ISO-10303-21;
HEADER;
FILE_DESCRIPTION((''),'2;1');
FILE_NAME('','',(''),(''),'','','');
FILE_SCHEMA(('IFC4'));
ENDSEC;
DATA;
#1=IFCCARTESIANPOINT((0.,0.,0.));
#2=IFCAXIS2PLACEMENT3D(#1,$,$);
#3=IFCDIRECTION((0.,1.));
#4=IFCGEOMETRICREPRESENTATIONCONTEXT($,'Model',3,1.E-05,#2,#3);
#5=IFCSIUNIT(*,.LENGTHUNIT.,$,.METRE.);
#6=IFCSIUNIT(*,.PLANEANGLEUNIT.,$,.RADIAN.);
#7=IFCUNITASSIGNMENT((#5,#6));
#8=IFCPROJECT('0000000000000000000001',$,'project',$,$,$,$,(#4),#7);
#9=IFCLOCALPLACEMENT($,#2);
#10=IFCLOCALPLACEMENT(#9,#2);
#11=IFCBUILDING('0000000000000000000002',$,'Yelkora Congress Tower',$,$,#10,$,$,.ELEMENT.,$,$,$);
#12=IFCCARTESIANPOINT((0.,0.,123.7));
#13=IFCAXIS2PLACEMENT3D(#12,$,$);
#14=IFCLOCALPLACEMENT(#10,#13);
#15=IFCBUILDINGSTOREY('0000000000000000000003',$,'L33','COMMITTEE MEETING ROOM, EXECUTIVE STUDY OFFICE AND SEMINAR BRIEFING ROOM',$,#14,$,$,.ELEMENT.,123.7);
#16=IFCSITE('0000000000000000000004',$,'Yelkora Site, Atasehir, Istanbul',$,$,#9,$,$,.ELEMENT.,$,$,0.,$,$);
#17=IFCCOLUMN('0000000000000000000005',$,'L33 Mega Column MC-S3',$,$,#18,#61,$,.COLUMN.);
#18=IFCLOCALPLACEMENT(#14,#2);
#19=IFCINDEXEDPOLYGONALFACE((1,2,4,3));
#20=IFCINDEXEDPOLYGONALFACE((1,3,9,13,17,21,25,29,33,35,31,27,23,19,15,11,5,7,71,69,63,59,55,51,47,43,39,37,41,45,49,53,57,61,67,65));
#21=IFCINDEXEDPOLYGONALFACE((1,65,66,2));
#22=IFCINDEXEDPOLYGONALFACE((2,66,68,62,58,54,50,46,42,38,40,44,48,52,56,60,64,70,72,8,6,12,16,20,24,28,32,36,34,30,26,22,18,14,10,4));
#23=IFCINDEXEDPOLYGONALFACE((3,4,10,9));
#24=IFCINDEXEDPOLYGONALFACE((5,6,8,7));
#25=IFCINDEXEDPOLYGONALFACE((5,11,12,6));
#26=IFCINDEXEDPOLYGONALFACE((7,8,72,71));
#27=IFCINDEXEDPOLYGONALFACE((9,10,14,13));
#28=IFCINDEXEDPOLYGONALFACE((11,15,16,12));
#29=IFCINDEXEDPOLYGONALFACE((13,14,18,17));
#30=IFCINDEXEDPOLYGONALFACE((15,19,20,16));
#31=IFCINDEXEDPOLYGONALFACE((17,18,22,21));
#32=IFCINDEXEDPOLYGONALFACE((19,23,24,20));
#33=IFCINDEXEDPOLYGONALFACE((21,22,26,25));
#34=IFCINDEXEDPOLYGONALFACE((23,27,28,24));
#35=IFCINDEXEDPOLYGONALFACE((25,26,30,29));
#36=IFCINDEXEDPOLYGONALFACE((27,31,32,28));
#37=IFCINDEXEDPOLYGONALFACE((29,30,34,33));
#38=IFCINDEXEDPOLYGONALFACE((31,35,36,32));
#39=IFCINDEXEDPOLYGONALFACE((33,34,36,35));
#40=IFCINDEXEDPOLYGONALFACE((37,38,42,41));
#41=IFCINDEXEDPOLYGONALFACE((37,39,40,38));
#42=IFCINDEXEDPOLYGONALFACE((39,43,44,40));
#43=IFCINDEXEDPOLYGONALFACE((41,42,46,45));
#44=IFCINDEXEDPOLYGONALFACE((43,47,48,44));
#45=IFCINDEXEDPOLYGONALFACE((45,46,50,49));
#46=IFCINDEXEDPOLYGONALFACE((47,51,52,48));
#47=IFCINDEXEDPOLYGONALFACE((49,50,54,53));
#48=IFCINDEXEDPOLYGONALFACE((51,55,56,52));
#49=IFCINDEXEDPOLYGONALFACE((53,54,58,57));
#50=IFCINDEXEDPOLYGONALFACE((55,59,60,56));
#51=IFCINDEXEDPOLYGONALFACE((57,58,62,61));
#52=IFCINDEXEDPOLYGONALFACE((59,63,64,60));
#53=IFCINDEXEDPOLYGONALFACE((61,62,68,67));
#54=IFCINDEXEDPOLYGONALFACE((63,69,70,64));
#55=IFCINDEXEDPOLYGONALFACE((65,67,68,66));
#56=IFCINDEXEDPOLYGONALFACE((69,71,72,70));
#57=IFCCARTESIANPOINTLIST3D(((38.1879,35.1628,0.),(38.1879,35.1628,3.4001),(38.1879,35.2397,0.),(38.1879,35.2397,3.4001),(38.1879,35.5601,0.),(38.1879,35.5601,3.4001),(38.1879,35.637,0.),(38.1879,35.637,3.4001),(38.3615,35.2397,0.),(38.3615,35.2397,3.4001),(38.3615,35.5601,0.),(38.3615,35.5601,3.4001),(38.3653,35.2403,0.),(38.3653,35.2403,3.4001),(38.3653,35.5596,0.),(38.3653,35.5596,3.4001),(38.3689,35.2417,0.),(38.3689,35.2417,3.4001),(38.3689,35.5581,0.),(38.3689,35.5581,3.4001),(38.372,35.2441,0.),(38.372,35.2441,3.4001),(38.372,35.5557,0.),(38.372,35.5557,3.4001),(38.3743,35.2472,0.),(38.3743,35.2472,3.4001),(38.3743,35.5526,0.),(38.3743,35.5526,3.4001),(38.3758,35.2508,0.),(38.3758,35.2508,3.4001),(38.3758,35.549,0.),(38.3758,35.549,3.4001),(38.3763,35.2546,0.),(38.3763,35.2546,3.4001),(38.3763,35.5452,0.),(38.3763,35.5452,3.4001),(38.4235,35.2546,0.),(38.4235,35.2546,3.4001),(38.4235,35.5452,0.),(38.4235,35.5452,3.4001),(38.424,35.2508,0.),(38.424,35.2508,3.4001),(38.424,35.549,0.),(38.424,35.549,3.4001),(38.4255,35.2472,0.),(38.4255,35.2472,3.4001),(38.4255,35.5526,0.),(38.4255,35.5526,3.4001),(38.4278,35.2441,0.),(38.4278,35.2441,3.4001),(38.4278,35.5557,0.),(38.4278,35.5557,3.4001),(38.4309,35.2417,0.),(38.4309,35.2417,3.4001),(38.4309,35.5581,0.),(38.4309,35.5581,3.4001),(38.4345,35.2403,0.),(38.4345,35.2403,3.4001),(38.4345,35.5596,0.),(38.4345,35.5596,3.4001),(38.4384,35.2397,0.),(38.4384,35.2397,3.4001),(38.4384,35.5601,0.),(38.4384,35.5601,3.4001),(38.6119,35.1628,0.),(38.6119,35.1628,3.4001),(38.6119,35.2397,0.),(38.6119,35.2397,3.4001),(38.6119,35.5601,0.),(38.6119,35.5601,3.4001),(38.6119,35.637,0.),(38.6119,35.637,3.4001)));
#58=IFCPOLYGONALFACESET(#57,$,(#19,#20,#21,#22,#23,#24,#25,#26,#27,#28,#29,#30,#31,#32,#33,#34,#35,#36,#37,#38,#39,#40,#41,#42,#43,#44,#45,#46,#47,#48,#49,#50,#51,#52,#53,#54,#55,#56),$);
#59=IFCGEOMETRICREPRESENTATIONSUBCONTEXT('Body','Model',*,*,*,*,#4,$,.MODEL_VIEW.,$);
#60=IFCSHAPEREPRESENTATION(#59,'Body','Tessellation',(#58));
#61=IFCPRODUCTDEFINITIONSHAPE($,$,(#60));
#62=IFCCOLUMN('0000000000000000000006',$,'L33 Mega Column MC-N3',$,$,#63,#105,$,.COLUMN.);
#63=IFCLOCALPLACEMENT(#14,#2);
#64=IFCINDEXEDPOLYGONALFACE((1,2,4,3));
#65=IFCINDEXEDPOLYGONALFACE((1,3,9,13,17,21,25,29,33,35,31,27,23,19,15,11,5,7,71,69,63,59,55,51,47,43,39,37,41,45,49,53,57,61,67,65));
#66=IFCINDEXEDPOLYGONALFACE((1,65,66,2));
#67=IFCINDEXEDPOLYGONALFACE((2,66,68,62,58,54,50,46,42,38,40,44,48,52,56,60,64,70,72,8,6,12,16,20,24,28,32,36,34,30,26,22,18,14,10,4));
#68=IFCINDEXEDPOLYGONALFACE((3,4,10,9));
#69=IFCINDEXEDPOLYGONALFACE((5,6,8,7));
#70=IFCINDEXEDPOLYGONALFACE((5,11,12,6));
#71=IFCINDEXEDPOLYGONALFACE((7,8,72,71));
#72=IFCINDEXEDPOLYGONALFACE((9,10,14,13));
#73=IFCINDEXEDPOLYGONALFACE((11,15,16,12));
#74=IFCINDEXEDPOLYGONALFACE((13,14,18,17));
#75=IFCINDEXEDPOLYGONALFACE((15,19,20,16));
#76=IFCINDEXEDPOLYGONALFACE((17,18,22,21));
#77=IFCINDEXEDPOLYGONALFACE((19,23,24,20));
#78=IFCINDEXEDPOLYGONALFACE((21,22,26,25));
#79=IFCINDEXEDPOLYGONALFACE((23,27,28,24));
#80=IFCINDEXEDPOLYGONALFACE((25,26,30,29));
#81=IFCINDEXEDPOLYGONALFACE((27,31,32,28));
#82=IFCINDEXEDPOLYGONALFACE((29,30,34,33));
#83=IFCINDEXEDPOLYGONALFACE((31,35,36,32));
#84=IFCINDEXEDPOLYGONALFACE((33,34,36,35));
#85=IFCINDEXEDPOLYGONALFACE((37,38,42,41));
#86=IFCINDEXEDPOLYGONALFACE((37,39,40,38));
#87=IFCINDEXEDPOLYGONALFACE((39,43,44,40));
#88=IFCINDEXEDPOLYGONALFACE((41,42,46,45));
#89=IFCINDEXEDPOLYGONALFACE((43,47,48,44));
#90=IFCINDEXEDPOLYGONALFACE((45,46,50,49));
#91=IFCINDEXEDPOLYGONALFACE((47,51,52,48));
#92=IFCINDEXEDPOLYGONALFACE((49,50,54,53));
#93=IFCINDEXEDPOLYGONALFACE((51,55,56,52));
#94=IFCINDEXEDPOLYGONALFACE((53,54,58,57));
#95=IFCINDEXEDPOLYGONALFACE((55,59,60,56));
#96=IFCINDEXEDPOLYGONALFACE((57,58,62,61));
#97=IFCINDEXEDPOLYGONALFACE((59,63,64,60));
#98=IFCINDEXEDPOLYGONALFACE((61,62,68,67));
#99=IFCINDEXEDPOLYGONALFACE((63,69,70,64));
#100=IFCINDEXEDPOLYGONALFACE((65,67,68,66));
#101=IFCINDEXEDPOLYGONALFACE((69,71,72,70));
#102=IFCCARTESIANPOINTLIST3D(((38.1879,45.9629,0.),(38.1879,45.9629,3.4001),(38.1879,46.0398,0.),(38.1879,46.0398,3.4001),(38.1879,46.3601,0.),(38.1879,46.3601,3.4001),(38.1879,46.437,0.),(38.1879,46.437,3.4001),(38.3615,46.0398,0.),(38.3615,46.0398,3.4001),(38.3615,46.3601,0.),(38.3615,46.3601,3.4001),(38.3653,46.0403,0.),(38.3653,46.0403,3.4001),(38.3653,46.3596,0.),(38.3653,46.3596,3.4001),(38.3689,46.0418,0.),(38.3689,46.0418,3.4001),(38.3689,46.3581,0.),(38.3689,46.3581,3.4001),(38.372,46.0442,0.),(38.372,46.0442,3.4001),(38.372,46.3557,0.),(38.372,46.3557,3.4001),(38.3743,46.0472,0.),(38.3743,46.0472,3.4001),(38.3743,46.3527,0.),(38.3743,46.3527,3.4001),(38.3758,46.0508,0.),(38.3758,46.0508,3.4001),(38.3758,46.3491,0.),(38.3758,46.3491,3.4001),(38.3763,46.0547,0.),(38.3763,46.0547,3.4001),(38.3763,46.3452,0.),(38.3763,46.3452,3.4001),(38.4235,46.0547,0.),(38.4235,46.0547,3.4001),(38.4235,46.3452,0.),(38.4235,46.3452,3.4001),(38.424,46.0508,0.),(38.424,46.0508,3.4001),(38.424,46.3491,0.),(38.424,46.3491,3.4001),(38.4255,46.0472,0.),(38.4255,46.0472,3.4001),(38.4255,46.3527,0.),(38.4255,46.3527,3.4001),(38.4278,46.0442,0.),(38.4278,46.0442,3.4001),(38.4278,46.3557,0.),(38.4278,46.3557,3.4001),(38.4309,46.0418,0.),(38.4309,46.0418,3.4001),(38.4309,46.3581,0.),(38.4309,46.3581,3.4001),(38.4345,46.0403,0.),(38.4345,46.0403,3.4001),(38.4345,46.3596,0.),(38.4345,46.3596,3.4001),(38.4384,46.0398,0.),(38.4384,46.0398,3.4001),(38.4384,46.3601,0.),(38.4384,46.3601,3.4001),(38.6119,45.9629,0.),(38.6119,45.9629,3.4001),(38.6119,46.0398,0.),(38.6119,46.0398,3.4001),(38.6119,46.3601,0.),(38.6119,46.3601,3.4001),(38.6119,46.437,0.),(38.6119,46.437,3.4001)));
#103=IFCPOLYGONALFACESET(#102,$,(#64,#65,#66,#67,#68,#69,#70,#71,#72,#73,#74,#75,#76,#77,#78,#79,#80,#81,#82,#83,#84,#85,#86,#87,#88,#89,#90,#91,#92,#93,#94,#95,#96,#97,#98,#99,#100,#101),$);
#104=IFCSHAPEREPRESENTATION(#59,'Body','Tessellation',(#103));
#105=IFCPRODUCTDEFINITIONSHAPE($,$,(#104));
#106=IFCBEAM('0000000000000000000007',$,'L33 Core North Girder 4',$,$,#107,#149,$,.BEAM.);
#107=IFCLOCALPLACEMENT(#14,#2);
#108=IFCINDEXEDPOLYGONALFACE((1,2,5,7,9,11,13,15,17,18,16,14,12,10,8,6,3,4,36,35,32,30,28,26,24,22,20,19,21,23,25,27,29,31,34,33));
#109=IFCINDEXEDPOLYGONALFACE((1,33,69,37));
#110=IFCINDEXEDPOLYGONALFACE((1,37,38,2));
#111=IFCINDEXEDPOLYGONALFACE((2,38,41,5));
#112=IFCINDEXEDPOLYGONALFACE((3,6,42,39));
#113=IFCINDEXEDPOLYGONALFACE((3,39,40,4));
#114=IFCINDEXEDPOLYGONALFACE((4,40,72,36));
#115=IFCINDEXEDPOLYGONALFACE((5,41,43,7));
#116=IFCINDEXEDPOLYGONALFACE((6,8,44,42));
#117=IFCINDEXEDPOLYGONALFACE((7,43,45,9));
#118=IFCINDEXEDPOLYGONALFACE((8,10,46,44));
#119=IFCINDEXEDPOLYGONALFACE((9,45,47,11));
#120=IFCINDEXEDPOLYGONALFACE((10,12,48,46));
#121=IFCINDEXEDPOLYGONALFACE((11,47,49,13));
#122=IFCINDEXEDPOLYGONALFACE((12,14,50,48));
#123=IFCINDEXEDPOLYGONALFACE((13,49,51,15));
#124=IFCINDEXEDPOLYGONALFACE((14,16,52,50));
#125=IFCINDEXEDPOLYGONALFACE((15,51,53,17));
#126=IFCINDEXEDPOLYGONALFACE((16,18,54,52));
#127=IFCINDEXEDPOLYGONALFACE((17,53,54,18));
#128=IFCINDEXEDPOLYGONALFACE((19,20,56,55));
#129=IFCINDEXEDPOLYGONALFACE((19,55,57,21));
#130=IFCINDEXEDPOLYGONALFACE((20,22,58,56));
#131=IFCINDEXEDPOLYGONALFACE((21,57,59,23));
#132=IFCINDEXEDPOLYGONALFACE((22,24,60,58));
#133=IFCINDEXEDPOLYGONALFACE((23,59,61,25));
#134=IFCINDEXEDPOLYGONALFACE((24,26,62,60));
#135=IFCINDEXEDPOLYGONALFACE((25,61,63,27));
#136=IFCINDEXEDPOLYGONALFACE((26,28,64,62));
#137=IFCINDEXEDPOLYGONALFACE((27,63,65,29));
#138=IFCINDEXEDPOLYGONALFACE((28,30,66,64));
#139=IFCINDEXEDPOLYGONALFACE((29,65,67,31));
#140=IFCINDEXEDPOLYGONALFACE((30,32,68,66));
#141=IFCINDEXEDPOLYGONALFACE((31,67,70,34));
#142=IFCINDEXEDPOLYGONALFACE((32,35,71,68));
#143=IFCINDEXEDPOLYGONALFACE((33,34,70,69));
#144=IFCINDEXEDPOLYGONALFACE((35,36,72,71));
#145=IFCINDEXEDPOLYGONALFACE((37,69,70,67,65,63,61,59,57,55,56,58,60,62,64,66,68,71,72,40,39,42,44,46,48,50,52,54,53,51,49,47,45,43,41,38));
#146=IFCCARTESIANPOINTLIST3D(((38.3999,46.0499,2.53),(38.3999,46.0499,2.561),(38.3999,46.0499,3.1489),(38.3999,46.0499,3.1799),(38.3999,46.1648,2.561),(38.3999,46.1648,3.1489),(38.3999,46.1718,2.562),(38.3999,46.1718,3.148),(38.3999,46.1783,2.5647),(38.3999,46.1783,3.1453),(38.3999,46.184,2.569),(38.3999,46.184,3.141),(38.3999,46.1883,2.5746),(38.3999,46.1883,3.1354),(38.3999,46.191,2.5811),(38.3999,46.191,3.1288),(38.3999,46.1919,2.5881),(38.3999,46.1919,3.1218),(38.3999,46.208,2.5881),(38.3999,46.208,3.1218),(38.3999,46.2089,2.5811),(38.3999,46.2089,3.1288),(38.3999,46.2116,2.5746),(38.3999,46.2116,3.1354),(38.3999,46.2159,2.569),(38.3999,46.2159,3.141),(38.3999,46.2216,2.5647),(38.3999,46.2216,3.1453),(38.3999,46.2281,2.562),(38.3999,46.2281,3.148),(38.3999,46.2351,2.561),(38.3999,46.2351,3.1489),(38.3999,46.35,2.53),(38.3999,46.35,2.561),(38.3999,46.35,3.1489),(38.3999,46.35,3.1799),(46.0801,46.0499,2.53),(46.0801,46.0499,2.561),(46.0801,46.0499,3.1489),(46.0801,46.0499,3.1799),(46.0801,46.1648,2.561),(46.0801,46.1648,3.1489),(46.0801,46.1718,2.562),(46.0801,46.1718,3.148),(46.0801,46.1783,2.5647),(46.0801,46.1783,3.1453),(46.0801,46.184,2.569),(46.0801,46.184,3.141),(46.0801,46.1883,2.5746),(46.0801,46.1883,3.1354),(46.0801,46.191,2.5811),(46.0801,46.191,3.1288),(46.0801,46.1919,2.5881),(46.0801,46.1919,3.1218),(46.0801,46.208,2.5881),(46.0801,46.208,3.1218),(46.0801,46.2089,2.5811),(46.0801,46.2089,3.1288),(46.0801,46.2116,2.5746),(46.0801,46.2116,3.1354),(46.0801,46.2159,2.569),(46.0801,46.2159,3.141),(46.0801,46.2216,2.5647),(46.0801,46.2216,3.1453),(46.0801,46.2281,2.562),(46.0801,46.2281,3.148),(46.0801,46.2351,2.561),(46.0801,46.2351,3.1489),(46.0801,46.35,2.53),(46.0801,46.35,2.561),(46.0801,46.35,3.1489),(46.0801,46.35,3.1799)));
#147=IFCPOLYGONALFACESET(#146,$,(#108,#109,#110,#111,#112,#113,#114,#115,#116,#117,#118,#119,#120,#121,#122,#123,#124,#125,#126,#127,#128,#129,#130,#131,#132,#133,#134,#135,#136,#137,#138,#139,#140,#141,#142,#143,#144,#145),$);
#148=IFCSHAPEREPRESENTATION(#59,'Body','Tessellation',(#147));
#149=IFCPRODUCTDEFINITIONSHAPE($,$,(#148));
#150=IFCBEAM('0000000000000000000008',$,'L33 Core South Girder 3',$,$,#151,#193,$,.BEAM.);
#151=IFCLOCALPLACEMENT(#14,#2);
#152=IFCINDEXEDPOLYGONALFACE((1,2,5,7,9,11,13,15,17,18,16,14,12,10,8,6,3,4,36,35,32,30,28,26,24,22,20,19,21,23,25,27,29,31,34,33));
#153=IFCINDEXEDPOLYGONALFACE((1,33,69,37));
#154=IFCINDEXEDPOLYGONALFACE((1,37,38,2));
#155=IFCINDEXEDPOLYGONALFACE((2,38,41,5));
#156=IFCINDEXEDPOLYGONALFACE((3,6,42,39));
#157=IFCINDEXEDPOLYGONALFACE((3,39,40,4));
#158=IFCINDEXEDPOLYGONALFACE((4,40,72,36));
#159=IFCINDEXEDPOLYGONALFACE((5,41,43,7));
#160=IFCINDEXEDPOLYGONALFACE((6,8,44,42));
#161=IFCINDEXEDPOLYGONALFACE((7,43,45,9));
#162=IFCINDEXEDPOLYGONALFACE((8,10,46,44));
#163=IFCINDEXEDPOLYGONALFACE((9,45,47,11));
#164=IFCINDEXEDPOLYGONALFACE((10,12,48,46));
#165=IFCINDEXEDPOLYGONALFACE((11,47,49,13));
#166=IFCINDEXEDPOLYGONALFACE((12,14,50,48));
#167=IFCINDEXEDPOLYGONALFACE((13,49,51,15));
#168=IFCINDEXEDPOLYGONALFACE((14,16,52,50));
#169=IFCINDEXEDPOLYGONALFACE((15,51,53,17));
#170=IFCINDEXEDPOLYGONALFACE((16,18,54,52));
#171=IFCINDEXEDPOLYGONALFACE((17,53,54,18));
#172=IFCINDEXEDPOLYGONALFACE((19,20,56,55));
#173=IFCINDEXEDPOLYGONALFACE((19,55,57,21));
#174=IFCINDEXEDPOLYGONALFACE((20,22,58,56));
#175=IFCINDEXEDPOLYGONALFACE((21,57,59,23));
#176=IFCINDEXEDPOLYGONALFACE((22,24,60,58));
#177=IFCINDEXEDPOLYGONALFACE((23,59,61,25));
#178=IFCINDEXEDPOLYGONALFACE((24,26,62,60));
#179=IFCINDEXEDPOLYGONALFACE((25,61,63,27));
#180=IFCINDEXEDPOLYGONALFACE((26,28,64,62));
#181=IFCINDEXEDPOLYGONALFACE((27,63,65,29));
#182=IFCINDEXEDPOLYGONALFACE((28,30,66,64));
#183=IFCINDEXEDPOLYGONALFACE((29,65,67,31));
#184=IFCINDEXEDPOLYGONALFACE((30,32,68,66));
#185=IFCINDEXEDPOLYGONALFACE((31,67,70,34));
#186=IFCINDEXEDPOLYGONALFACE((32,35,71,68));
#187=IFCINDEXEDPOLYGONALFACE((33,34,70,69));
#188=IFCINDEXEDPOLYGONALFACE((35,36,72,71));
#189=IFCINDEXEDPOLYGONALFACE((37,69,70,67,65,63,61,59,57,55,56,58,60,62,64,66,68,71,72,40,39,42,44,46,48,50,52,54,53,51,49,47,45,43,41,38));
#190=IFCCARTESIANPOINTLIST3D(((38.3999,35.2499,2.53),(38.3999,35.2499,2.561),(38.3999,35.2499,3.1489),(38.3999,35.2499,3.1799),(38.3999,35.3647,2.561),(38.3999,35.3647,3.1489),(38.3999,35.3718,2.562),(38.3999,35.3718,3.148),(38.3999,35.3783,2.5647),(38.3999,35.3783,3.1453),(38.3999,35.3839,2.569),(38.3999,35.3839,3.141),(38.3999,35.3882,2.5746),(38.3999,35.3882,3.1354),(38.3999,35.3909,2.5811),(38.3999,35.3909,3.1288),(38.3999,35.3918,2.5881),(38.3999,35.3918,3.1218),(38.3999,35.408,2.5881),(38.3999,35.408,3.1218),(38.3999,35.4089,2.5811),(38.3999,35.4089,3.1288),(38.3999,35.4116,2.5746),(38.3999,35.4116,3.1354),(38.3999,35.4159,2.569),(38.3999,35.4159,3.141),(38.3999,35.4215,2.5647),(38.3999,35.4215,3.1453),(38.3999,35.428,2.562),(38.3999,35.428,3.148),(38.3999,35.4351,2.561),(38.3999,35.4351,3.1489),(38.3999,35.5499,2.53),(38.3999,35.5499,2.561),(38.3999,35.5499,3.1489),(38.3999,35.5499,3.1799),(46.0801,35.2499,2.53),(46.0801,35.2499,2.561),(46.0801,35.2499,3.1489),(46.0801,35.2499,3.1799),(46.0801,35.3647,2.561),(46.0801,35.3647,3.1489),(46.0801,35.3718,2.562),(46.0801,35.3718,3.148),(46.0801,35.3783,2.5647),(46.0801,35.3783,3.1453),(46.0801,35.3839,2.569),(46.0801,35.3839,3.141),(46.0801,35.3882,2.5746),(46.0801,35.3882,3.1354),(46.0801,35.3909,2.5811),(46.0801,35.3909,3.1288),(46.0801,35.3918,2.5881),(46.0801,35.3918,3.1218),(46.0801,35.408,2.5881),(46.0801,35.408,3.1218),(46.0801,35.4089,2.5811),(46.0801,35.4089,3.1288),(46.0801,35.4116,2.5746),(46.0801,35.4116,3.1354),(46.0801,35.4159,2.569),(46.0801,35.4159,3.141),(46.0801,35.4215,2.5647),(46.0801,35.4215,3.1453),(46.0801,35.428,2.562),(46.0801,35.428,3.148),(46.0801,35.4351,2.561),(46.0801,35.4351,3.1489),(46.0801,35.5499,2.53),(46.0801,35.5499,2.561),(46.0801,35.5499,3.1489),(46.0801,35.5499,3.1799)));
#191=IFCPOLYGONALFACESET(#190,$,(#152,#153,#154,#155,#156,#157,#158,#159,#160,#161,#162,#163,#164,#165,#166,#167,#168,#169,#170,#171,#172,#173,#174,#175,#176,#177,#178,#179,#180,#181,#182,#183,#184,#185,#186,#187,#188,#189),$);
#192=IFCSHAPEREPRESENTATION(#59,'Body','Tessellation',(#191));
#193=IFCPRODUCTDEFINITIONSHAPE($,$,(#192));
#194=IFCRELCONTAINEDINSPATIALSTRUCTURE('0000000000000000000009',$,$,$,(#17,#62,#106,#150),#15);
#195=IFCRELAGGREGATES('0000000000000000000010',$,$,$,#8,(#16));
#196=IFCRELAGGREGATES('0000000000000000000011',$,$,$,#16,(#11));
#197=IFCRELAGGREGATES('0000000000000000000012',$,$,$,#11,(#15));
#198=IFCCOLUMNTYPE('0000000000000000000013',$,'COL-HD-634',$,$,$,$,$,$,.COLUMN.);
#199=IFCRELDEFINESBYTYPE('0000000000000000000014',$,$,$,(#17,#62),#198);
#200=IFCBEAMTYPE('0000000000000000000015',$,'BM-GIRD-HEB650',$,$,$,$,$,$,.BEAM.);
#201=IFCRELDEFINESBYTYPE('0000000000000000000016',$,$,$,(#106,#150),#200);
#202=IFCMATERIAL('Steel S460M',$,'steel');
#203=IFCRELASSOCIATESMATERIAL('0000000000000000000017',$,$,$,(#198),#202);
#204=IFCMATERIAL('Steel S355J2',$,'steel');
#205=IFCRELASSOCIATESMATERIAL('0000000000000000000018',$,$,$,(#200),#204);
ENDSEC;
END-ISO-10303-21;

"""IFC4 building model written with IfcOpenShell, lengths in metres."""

from ifc_helpers import new_model, si_unit, direction, frame, origin, origin_2d, place, context, subcontext, project, spatial, i_section, extrude, material, material_profile, profile_set, type_object, element, save


model = new_model("IFC4")

# Units and contexts
model_context = context("Model", 3, precision=1e-05, world=origin(), true_north=direction((0.0, 1.0)))
body_context = subcontext(model_context, "Body", "Model", "MODEL_VIEW")
ifc_project = project(units=[si_unit("LENGTHUNIT", "METRE"), si_unit("PLANEANGLEUNIT", "RADIAN")], contexts=[model_context])

# Site, building, storey
site_placement = place(None, origin())
site = spatial("IfcSite", under=ifc_project, at=site_placement, Name="Yelkora Site, Atasehir, Istanbul", CompositionType="ELEMENT", RefElevation=0.0)
building_placement = place(site_placement, origin())
building = spatial("IfcBuilding", under=site, at=building_placement, Name="Yelkora Congress Tower", CompositionType="ELEMENT")
storey_placement = place(building_placement, frame((0.0, 0.0, 123.7)))
storey = spatial("IfcBuildingStorey", under=building, at=storey_placement, Name="L33", Description="COMMITTEE MEETING ROOM, EXECUTIVE STUDY OFFICE AND SEMINAR BRIEFING ROOM", CompositionType="ELEMENT", Elevation=123.7)

# Columns
ifc_material_1 = material(Name="Steel S460M", Category="steel")
ifc_material_profile_1 = material_profile(ifc_material_1, i_section(OverallWidth=0.4241, OverallDepth=0.4741, WebThickness=0.0471, FlangeThickness=0.0769, FilletRadius=0.0149, at=origin_2d()), Name="HD 400x634")
ifc_profile_set_1 = profile_set([ifc_material_profile_1], Name="Steel S460M")
column_type = type_object("IfcColumnType", Name="COL-HD-634", PredefinedType="COLUMN", material=ifc_profile_set_1)
for number, where, z_axis, x_axis, name in (
    (1, (38.3999, 35.3999, 0.0), (0.0, 0.0, 1.0), (1.0, 0.0, 0.0), "L33 Mega Column MC-S3"),
    (2, (38.3999, 46.2, 0.0), (0.0, 0.0, 1.0), (1.0, 0.0, 0.0), "L33 Mega Column MC-N3"),
):
    element("IfcColumn", number, at=place(storey_placement, frame(where, z_axis=z_axis, x_axis=x_axis)), inside=storey, type_object=column_type, Name=name, PredefinedType="COLUMN", context=body_context, shape_type="SweptSolid", body=[
        extrude(i_section(OverallWidth=0.4241, OverallDepth=0.4741, WebThickness=0.0471, FlangeThickness=0.0769, FilletRadius=0.0149, at=origin_2d()), origin(), (0.0, 0.0, 1.0), 3.4001),
    ])

# Beams
ifc_material_2 = material(Name="Steel S355J2", Category="steel")
ifc_material_profile_2 = material_profile(ifc_material_2, i_section(OverallWidth=0.3, OverallDepth=0.6499, WebThickness=0.0161, FlangeThickness=0.031, FilletRadius=0.0271, at=origin_2d()), Name="HEB 650")
ifc_profile_set_2 = profile_set([ifc_material_profile_2], Name="Steel S355J2")
beam_type = type_object("IfcBeamType", Name="BM-GIRD-HEB650", PredefinedType="BEAM", material=ifc_profile_set_2)
for number, where, z_axis, x_axis, name in (
    (3, (38.3999, 46.2, 2.855), (1.0, 0.0, 0.0), (0.0, 1.0, 0.0), "L33 Core North Girder 4"),
    (4, (38.3999, 35.3999, 2.855), (1.0, 0.0, 0.0), (0.0, 1.0, 0.0), "L33 Core South Girder 3"),
):
    element("IfcBeam", number, at=place(storey_placement, frame(where, z_axis=z_axis, x_axis=x_axis)), inside=storey, type_object=beam_type, Name=name, PredefinedType="BEAM", context=body_context, shape_type="SweptSolid", body=[
        extrude(i_section(OverallWidth=0.3, OverallDepth=0.6499, WebThickness=0.0161, FlangeThickness=0.031, FilletRadius=0.0271, at=origin_2d()), origin(), (0.0, 0.0, 1.0), 7.6802),
    ])

save(model, "model.ifc")
